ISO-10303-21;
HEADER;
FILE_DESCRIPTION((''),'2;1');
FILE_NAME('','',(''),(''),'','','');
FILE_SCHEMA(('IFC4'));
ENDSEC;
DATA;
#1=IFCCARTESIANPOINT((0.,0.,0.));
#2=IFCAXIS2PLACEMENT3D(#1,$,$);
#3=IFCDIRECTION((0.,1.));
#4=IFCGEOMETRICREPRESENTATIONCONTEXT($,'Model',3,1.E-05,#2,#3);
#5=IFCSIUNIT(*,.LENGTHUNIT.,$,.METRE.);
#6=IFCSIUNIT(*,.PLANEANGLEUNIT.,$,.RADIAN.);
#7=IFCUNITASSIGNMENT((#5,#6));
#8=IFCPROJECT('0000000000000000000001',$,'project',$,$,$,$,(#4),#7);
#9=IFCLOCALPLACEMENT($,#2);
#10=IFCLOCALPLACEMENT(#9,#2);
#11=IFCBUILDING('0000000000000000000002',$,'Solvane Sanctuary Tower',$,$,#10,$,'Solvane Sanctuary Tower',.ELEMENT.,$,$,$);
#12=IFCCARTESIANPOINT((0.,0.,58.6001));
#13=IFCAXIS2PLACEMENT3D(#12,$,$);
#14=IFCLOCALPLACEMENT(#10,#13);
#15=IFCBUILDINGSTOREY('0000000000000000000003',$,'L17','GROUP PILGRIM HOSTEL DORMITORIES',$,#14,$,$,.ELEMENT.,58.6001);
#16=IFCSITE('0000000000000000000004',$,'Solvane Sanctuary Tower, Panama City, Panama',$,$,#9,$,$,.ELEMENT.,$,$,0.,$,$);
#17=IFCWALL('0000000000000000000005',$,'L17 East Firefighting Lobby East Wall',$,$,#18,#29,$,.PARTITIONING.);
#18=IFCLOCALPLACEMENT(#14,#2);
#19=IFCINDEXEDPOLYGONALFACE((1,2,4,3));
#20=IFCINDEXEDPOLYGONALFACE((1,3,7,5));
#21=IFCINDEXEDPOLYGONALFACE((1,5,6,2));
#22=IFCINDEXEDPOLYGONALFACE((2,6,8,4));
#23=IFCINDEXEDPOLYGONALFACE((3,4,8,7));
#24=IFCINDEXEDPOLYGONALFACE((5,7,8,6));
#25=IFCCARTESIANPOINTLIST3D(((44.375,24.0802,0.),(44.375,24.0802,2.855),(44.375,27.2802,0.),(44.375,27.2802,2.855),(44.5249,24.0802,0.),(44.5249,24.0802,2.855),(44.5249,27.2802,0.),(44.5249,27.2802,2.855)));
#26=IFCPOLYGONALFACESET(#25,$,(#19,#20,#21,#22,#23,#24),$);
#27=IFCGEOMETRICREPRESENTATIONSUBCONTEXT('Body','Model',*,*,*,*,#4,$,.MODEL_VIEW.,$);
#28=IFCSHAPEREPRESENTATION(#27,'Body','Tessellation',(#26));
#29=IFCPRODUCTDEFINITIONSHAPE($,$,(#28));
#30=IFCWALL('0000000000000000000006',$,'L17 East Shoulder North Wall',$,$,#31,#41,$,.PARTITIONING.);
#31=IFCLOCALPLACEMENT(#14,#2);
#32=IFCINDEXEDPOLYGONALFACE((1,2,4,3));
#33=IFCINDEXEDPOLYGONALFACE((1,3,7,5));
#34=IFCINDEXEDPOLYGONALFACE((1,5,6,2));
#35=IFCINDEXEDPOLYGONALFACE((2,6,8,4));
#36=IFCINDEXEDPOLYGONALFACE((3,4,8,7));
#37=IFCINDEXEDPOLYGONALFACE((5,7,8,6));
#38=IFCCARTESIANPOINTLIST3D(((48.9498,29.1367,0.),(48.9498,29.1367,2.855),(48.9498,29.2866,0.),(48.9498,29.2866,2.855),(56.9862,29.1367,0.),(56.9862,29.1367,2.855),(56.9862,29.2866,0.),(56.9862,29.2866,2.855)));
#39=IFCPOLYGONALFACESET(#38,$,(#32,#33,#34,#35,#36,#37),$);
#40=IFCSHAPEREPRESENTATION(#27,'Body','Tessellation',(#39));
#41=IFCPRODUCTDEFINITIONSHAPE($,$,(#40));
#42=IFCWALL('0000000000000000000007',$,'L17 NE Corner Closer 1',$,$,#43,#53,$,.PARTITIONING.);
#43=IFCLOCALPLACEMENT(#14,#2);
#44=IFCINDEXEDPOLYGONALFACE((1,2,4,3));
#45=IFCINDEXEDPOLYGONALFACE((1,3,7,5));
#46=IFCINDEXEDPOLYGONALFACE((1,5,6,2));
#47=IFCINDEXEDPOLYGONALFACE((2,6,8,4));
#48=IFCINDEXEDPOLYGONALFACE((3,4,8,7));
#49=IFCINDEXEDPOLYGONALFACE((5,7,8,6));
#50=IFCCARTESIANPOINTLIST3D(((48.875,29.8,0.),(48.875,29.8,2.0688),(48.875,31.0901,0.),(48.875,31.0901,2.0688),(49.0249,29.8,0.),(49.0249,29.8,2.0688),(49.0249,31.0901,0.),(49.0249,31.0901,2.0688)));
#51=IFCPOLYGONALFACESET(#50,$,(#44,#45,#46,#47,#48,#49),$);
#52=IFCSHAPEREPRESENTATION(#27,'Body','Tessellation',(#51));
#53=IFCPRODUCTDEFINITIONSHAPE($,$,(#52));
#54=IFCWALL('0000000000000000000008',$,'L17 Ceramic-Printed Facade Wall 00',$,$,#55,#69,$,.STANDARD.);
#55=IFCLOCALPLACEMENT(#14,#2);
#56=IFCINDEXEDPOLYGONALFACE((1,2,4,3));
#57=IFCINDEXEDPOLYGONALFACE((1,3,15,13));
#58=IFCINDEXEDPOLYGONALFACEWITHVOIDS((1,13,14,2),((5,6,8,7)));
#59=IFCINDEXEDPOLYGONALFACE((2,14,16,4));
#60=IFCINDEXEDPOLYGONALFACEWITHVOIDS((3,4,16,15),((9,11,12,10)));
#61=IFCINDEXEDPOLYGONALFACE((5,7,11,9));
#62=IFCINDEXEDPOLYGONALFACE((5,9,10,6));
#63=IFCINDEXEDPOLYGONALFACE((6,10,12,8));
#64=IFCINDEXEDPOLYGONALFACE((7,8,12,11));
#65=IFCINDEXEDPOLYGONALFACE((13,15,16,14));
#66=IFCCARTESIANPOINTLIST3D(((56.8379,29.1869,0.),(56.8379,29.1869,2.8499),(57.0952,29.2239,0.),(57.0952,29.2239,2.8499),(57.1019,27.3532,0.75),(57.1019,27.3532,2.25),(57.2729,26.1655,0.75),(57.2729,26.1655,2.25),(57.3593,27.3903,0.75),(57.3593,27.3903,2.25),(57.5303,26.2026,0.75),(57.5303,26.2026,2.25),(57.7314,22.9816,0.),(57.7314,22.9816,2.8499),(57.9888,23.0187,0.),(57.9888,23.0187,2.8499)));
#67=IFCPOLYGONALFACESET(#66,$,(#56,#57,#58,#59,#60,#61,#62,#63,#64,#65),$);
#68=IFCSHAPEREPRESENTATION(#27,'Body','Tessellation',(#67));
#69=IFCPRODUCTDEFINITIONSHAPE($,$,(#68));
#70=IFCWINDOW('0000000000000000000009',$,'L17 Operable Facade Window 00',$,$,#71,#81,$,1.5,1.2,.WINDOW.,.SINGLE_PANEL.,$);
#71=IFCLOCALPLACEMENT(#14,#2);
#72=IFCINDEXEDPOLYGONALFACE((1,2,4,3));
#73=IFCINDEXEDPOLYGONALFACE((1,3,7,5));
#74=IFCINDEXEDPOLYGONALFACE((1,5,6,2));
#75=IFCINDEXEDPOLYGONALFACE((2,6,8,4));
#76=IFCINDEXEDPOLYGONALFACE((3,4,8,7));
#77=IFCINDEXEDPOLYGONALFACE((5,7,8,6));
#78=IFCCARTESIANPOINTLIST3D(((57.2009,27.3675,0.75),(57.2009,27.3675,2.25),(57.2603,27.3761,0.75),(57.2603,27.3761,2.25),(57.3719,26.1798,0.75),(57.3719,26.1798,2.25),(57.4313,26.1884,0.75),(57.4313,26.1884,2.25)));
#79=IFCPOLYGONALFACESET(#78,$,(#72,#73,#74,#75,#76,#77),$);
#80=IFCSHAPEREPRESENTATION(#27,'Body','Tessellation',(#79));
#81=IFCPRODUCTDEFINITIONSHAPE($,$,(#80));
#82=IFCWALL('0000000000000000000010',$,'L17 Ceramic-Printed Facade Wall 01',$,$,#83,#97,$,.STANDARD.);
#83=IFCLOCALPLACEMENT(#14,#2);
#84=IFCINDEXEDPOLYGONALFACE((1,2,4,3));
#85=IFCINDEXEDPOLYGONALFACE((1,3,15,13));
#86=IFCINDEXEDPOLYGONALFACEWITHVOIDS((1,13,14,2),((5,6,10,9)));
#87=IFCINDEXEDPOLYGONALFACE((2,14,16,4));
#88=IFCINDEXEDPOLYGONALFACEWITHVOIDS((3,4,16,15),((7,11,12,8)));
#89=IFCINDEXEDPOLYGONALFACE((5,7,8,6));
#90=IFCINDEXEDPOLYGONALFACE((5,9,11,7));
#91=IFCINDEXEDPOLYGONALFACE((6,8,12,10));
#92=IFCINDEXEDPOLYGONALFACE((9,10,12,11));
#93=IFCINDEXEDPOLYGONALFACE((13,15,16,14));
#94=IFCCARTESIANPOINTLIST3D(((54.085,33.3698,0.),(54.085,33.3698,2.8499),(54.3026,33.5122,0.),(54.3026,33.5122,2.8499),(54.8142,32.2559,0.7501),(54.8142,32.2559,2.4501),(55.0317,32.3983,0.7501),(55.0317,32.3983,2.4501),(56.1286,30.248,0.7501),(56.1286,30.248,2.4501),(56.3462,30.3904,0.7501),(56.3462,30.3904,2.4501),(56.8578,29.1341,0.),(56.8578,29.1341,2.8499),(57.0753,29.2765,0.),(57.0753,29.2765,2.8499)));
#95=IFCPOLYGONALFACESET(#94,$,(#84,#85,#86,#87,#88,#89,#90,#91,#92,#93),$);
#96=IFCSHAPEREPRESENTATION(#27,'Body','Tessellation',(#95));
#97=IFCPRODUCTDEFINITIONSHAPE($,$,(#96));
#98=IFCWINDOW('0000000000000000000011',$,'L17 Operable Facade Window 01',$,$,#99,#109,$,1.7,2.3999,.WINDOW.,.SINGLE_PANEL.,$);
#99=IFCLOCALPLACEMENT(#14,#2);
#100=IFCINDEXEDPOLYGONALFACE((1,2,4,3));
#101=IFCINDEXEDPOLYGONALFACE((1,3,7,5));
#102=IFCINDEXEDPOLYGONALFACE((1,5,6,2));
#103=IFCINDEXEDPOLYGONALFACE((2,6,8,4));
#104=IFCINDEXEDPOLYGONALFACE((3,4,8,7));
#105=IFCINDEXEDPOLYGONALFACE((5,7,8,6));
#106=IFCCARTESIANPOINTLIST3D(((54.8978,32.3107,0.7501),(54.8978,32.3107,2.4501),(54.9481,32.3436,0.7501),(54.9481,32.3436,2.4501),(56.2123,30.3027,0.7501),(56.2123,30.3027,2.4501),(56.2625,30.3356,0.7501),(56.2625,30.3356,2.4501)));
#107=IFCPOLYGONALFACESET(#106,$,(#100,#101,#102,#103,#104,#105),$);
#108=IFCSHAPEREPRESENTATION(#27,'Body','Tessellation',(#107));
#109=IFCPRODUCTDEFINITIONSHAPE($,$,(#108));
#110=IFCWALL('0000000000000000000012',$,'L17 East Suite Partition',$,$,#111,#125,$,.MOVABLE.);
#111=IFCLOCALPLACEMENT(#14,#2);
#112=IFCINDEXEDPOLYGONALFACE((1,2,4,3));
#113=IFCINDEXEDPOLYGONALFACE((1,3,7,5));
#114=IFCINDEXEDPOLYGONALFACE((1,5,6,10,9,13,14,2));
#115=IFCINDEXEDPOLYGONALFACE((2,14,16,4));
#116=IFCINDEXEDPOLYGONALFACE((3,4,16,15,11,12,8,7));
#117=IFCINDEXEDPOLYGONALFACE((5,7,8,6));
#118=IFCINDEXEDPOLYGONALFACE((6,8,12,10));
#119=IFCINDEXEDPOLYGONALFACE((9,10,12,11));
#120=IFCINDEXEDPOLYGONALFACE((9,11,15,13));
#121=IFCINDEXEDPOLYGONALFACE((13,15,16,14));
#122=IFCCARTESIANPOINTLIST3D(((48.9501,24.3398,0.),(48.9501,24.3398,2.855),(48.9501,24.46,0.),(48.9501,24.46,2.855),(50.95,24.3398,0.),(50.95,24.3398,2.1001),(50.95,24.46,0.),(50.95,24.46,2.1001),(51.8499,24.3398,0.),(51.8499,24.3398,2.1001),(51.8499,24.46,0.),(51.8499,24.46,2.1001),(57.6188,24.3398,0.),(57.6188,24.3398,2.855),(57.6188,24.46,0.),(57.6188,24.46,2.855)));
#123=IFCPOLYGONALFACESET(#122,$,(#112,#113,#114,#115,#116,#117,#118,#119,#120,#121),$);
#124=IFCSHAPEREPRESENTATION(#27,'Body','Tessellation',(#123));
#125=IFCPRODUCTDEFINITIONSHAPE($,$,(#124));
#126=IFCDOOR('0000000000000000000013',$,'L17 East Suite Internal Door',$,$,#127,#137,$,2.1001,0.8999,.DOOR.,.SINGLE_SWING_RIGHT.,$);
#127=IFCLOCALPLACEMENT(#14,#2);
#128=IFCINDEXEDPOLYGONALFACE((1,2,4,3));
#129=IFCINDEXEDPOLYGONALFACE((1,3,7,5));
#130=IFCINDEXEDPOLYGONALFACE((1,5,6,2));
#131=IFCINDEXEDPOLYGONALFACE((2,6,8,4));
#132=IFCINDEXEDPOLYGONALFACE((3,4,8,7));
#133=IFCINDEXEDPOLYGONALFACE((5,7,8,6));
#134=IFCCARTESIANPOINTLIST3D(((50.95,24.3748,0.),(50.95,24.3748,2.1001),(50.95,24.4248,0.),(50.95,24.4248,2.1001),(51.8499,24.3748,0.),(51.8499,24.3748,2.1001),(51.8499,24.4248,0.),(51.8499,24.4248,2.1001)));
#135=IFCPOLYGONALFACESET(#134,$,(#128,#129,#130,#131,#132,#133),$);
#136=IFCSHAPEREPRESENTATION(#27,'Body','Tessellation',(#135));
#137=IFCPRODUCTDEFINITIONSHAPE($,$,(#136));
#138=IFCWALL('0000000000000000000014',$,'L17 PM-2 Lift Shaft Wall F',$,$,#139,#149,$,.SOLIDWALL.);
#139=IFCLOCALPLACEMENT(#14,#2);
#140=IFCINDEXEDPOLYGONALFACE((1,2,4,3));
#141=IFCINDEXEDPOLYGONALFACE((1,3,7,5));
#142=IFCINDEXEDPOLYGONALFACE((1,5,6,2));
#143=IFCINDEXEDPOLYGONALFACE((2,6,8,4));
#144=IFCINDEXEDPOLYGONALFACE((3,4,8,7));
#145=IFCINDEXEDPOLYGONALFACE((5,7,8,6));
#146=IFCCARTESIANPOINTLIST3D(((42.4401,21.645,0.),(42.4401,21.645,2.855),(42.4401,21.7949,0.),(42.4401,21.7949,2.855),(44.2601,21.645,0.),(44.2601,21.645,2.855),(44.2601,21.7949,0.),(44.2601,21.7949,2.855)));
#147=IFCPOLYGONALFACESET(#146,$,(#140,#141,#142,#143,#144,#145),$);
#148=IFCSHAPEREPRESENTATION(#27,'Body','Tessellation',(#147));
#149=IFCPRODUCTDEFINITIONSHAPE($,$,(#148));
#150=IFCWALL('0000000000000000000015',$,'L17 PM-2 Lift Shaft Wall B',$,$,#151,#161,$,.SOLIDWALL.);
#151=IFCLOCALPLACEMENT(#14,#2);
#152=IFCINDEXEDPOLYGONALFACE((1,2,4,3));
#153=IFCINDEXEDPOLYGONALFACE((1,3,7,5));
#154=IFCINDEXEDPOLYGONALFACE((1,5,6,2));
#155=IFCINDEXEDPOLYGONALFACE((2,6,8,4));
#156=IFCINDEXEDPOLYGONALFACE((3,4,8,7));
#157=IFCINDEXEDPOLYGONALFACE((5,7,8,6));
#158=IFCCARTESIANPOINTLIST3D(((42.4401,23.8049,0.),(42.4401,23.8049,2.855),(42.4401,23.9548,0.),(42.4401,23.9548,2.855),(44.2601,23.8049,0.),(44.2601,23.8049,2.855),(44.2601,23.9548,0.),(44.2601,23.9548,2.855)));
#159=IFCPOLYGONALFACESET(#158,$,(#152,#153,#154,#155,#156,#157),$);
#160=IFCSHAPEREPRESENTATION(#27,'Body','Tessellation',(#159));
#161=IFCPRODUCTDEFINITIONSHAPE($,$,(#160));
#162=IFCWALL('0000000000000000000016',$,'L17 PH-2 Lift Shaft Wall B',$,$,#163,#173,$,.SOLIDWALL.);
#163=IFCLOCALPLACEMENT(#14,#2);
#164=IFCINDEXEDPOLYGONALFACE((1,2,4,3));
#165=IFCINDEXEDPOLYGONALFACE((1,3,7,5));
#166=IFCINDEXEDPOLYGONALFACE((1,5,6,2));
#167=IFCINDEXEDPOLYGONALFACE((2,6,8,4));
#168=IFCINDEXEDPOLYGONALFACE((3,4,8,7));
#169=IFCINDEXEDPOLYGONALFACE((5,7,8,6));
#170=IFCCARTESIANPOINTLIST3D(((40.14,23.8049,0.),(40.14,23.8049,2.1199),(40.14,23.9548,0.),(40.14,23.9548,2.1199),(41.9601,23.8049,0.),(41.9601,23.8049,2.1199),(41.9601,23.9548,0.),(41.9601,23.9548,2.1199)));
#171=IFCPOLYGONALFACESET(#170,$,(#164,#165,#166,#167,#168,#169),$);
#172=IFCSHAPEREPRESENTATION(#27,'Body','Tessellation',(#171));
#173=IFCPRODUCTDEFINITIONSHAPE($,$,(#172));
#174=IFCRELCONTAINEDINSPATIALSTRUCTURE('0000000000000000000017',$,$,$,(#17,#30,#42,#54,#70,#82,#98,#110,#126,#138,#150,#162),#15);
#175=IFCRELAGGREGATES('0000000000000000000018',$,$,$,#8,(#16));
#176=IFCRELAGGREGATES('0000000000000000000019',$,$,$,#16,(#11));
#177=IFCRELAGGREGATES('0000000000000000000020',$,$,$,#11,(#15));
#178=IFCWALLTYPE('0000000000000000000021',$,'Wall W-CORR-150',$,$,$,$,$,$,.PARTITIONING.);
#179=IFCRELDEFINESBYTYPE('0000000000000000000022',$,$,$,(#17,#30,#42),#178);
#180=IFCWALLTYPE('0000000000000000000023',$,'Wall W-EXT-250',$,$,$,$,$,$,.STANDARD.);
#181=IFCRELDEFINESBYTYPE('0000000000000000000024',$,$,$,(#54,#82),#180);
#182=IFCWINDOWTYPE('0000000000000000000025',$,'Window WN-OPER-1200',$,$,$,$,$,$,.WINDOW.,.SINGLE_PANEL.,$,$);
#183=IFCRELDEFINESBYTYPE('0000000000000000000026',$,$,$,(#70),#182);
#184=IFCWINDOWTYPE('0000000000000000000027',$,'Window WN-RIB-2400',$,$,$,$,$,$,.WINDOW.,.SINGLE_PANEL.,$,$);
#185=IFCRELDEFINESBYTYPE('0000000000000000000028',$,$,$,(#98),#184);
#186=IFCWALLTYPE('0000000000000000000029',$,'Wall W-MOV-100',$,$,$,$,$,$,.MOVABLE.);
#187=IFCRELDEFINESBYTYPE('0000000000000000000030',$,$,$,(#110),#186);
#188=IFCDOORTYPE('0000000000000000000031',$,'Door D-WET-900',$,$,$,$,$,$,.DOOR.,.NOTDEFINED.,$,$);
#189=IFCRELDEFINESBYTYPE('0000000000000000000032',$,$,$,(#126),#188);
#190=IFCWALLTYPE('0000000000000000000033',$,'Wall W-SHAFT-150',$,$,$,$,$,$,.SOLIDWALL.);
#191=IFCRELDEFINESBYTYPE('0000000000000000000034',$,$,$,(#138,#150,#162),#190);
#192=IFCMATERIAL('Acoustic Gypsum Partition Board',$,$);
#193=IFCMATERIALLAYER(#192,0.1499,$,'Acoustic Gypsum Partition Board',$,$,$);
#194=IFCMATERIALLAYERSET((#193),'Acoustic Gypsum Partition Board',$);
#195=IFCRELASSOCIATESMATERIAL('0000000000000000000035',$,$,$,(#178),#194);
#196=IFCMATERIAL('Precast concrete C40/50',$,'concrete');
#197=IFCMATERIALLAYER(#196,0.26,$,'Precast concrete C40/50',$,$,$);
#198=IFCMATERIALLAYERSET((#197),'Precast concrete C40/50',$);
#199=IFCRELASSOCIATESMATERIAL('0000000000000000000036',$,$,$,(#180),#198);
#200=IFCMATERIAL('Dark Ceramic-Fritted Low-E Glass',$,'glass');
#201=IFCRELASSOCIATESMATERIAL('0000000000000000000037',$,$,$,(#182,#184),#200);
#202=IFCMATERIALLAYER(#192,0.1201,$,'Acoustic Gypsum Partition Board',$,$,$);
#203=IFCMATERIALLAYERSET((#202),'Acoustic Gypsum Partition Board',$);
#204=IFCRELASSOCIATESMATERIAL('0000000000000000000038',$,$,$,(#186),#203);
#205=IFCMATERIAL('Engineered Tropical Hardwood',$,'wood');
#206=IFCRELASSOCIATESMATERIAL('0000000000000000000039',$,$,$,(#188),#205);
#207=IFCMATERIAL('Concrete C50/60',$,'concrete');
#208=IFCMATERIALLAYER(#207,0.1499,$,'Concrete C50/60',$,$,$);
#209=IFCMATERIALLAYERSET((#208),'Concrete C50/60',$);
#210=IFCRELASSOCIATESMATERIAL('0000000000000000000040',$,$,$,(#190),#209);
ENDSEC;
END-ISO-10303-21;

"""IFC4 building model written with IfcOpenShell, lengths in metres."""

from ifc_helpers import new_model, si_unit, direction, frame, frame_2d, origin, place, context, subcontext, project, spatial, rectangle, extrude, material, layer, layer_set, type_object, element, fill, save


model = new_model("IFC4")

# Units and contexts
model_context = context("Model", 3, precision=1e-05, world=origin(), true_north=direction((0.0, 1.0)))
body_context = subcontext(model_context, "Body", "Model", "MODEL_VIEW")
ifc_project = project(units=[si_unit("LENGTHUNIT", "METRE"), si_unit("PLANEANGLEUNIT", "RADIAN")], contexts=[model_context])

# Site, building, storey
site_placement = place(None, origin())
site = spatial("IfcSite", under=ifc_project, at=site_placement, Name="Solvane Sanctuary Tower, Panama City, Panama", CompositionType="ELEMENT", RefElevation=0.0)
building_placement = place(site_placement, origin())
building = spatial("IfcBuilding", under=site, at=building_placement, Name="Solvane Sanctuary Tower", LongName="Solvane Sanctuary Tower", CompositionType="ELEMENT")
storey_placement = place(building_placement, frame((0.0, 0.0, 58.6001)))
storey = spatial("IfcBuildingStorey", under=building, at=storey_placement, Name="L17", Description="GROUP PILGRIM HOSTEL DORMITORIES", CompositionType="ELEMENT", Elevation=58.6001)

# Walls
ifc_material_1 = material(Name="Acoustic Gypsum Partition Board")
ifc_layer_1 = layer(ifc_material_1, 0.1499, Name="Acoustic Gypsum Partition Board")
ifc_layer_set_1 = layer_set([ifc_layer_1], Name="Acoustic Gypsum Partition Board")
wall_type_1 = type_object("IfcWallType", Name="Wall W-CORR-150", PredefinedType="PARTITIONING", material=ifc_layer_set_1)
wall_1_placement = place(storey_placement, frame((44.45, 24.0801, 0.0), z_axis=(0.0, 0.0, 1.0), x_axis=(0.0, 1.0, 0.0)))
element("IfcWall", 1, at=wall_1_placement, inside=storey, type_object=wall_type_1, Name="L17 East Firefighting Lobby East Wall", PredefinedType="PARTITIONING", context=body_context, shape_type="SweptSolid", body=[
    extrude(rectangle(XDim=3.2, YDim=0.1499, at=frame_2d((1.6001, 0.0))), origin(), (0.0, 0.0, 1.0), 2.855),
])
wall_2_placement = place(storey_placement, frame((48.95, 29.2117, 0.0), z_axis=(0.0, 0.0, 1.0), x_axis=(1.0, 0.0, 0.0)))
element("IfcWall", 2, at=wall_2_placement, inside=storey, type_object=wall_type_1, Name="L17 East Shoulder North Wall", PredefinedType="PARTITIONING", context=body_context, shape_type="SweptSolid", body=[
    extrude(rectangle(XDim=8.0364, YDim=0.1499, at=frame_2d((4.0181, 0.0))), origin(), (0.0, 0.0, 1.0), 2.855),
])
wall_3_placement = place(storey_placement, frame((48.95, 29.8, 0.0), z_axis=(0.0, 0.0, 1.0), x_axis=(0.0, 1.0, 0.0)))
element("IfcWall", 3, at=wall_3_placement, inside=storey, type_object=wall_type_1, Name="L17 NE Corner Closer 1", PredefinedType="PARTITIONING", context=body_context, shape_type="SweptSolid", body=[
    extrude(rectangle(XDim=1.29, YDim=0.1499, at=frame_2d((0.645, 0.0))), origin(), (0.0, 0.0, 1.0), 2.0688),
])

# Walls, openings, windows
ifc_material_2 = material(Name="Precast concrete C40/50", Category="concrete")
ifc_layer_2 = layer(ifc_material_2, 0.26, Name="Precast concrete C40/50")
ifc_layer_set_2 = layer_set([ifc_layer_2], Name="Precast concrete C40/50")
wall_type_2 = type_object("IfcWallType", Name="Wall W-EXT-250", PredefinedType="STANDARD", material=ifc_layer_set_2)
wall_4_placement = place(storey_placement, frame((57.8601, 23.0, 0.0), z_axis=(0.0, 0.0, 1.0), x_axis=(-0.142528, 0.989791, 0.0)))
wall_4 = element("IfcWall", 4, at=wall_4_placement, inside=storey, type_object=wall_type_2, Name="L17 Ceramic-Printed Facade Wall 00", PredefinedType="STANDARD", context=body_context, shape_type="SweptSolid", body=[
    extrude(rectangle(XDim=6.2693, YDim=0.26, at=frame_2d((3.1348, 0.0))), origin(), (0.0, 0.0, 1.0), 2.8499),
])
opening_1_placement = place(wall_4_placement, frame((3.2168, 0.0, 0.75)))
opening_1 = element("IfcOpeningElement", 5, at=opening_1_placement, cuts=wall_4, PredefinedType="OPENING", context=body_context, shape_type="SweptSolid", body=[
    extrude(rectangle(XDim=1.2, YDim=1.5, at=frame_2d((0.6001, 0.75))), frame((0.0, 0.1399, 0.0), z_axis=(0.0, -1.0, 0.0), x_axis=(1.0, 0.0, 0.0)), (0.0, 0.0, 1.0), 0.28),
])
ifc_material_3 = material(Name="Dark Ceramic-Fritted Low-E Glass", Category="glass")
window_type_1 = type_object("IfcWindowType", Name="Window WN-OPER-1200", PartitioningType="SINGLE_PANEL", PredefinedType="WINDOW", material=ifc_material_3)
window_1_placement = place(opening_1_placement, origin())
window_1 = element("IfcWindow", 6, at=window_1_placement, inside=storey, type_object=window_type_1, Name="L17 Operable Facade Window 00", OverallHeight=1.5, OverallWidth=1.2, PartitioningType="SINGLE_PANEL", PredefinedType="WINDOW", context=body_context, shape_type="SweptSolid", body=[
    extrude(rectangle(XDim=1.2, YDim=1.5, at=frame_2d((0.6001, 0.75))), frame((0.0, 0.03, 0.0), z_axis=(0.0, -1.0, 0.0), x_axis=(1.0, 0.0, 0.0)), (0.0, 0.0, 1.0), 0.0601),
])
fill(opening_1, window_1)
wall_5_placement = place(storey_placement, frame((56.9666, 29.2053, 0.0), z_axis=(0.0, 0.0, 1.0), x_axis=(-0.547703, 0.836673, 0.0)))
wall_5 = element("IfcWall", 7, at=wall_5_placement, inside=storey, type_object=wall_type_2, Name="L17 Ceramic-Printed Facade Wall 01", PredefinedType="STANDARD", context=body_context, shape_type="SweptSolid", body=[
    extrude(rectangle(XDim=5.0625, YDim=0.26, at=frame_2d((2.5312, 0.0))), origin(), (0.0, 0.0, 1.0), 2.8499),
])
opening_2_placement = place(wall_5_placement, frame((1.3313, 0.0, 0.75)))
opening_2 = element("IfcOpeningElement", 8, at=opening_2_placement, cuts=wall_5, PredefinedType="OPENING", context=body_context, shape_type="SweptSolid", body=[
    extrude(rectangle(XDim=2.3999, YDim=1.7, at=frame_2d((1.2, 0.8501))), frame((0.0, 0.1399, 0.0), z_axis=(0.0, -1.0, 0.0), x_axis=(1.0, 0.0, 0.0)), (0.0, 0.0, 1.0), 0.28),
])
window_type_2 = type_object("IfcWindowType", Name="Window WN-RIB-2400", PartitioningType="SINGLE_PANEL", PredefinedType="WINDOW", material=ifc_material_3)
window_2_placement = place(opening_2_placement, origin())
window_2 = element("IfcWindow", 9, at=window_2_placement, inside=storey, type_object=window_type_2, Name="L17 Operable Facade Window 01", OverallHeight=1.7, OverallWidth=2.3999, PartitioningType="SINGLE_PANEL", PredefinedType="WINDOW", context=body_context, shape_type="SweptSolid", body=[
    extrude(rectangle(XDim=2.3999, YDim=1.7, at=frame_2d((1.2, 0.8501))), frame((0.0, 0.03, 0.0), z_axis=(0.0, -1.0, 0.0), x_axis=(1.0, 0.0, 0.0)), (0.0, 0.0, 1.0), 0.0601),
])
fill(opening_2, window_2)

# Wall, opening, door
ifc_layer_3 = layer(ifc_material_1, 0.1201, Name="Acoustic Gypsum Partition Board")
ifc_layer_set_3 = layer_set([ifc_layer_3], Name="Acoustic Gypsum Partition Board")
wall_type_3 = type_object("IfcWallType", Name="Wall W-MOV-100", PredefinedType="MOVABLE", material=ifc_layer_set_3)
wall_6_placement = place(storey_placement, frame((48.95, 24.3999, 0.0), z_axis=(0.0, 0.0, 1.0), x_axis=(1.0, 0.0, 0.0)))
wall_6 = element("IfcWall", 10, at=wall_6_placement, inside=storey, type_object=wall_type_3, Name="L17 East Suite Partition", PredefinedType="MOVABLE", context=body_context, shape_type="SweptSolid", body=[
    extrude(rectangle(XDim=8.6687, YDim=0.1201, at=frame_2d((4.3345, 0.0))), origin(), (0.0, 0.0, 1.0), 2.855),
])
opening_3_placement = place(wall_6_placement, frame((2.0, 0.0, 0.0)))
opening_3 = element("IfcOpeningElement", 11, at=opening_3_placement, cuts=wall_6, PredefinedType="OPENING", context=body_context, shape_type="SweptSolid", body=[
    extrude(rectangle(XDim=0.8999, YDim=2.1001, at=frame_2d((0.45, 1.05))), frame((0.0, 0.0701, 0.0), z_axis=(0.0, -1.0, 0.0), x_axis=(1.0, 0.0, 0.0)), (0.0, 0.0, 1.0), 0.1401),
])
ifc_material_4 = material(Name="Engineered Tropical Hardwood", Category="wood")
door_type_1 = type_object("IfcDoorType", Name="Door D-WET-900", OperationType="NOTDEFINED", PredefinedType="DOOR", material=ifc_material_4)
door_1_placement = place(opening_3_placement, origin())
door_1 = element("IfcDoor", 12, at=door_1_placement, inside=storey, type_object=door_type_1, Name="L17 East Suite Internal Door", OperationType="SINGLE_SWING_RIGHT", OverallHeight=2.1001, OverallWidth=0.8999, PredefinedType="DOOR", context=body_context, shape_type="SweptSolid", body=[
    extrude(rectangle(XDim=0.8999, YDim=2.1001, at=frame_2d((0.45, 1.05))), frame((0.0, 0.0249, 0.0), z_axis=(0.0, -1.0, 0.0), x_axis=(1.0, 0.0, 0.0)), (0.0, 0.0, 1.0), 0.05),
])
fill(opening_3, door_1)

# Walls
ifc_material_5 = material(Name="Concrete C50/60", Category="concrete")
ifc_layer_4 = layer(ifc_material_5, 0.1499, Name="Concrete C50/60")
ifc_layer_set_4 = layer_set([ifc_layer_4], Name="Concrete C50/60")
wall_type_4 = type_object("IfcWallType", Name="Wall W-SHAFT-150", PredefinedType="SOLIDWALL", material=ifc_layer_set_4)
for number, where, z_axis, x_axis, name in (
    (13, (42.4399, 21.72, 0.0), (0.0, 0.0, 1.0), (1.0, 0.0, 0.0), "L17 PM-2 Lift Shaft Wall F"),
    (14, (42.4399, 23.8799, 0.0), (0.0, 0.0, 1.0), (1.0, 0.0, 0.0), "L17 PM-2 Lift Shaft Wall B"),
):
    element("IfcWall", number, at=place(storey_placement, frame(where, z_axis=z_axis, x_axis=x_axis)), inside=storey, type_object=wall_type_4, Name=name, PredefinedType="SOLIDWALL", context=body_context, shape_type="SweptSolid", body=[
        extrude(rectangle(XDim=1.8201, YDim=0.1499, at=frame_2d((0.9102, 0.0))), origin(), (0.0, 0.0, 1.0), 2.855),
    ])
wall_7_placement = place(storey_placement, frame((40.1399, 23.8799, 0.0), z_axis=(0.0, 0.0, 1.0), x_axis=(1.0, 0.0, 0.0)))
element("IfcWall", 15, at=wall_7_placement, inside=storey, type_object=wall_type_4, Name="L17 PH-2 Lift Shaft Wall B", PredefinedType="SOLIDWALL", context=body_context, shape_type="SweptSolid", body=[
    extrude(rectangle(XDim=1.8201, YDim=0.1499, at=frame_2d((0.9102, 0.0))), origin(), (0.0, 0.0, 1.0), 2.1199),
])

save(model, "model.ifc")
